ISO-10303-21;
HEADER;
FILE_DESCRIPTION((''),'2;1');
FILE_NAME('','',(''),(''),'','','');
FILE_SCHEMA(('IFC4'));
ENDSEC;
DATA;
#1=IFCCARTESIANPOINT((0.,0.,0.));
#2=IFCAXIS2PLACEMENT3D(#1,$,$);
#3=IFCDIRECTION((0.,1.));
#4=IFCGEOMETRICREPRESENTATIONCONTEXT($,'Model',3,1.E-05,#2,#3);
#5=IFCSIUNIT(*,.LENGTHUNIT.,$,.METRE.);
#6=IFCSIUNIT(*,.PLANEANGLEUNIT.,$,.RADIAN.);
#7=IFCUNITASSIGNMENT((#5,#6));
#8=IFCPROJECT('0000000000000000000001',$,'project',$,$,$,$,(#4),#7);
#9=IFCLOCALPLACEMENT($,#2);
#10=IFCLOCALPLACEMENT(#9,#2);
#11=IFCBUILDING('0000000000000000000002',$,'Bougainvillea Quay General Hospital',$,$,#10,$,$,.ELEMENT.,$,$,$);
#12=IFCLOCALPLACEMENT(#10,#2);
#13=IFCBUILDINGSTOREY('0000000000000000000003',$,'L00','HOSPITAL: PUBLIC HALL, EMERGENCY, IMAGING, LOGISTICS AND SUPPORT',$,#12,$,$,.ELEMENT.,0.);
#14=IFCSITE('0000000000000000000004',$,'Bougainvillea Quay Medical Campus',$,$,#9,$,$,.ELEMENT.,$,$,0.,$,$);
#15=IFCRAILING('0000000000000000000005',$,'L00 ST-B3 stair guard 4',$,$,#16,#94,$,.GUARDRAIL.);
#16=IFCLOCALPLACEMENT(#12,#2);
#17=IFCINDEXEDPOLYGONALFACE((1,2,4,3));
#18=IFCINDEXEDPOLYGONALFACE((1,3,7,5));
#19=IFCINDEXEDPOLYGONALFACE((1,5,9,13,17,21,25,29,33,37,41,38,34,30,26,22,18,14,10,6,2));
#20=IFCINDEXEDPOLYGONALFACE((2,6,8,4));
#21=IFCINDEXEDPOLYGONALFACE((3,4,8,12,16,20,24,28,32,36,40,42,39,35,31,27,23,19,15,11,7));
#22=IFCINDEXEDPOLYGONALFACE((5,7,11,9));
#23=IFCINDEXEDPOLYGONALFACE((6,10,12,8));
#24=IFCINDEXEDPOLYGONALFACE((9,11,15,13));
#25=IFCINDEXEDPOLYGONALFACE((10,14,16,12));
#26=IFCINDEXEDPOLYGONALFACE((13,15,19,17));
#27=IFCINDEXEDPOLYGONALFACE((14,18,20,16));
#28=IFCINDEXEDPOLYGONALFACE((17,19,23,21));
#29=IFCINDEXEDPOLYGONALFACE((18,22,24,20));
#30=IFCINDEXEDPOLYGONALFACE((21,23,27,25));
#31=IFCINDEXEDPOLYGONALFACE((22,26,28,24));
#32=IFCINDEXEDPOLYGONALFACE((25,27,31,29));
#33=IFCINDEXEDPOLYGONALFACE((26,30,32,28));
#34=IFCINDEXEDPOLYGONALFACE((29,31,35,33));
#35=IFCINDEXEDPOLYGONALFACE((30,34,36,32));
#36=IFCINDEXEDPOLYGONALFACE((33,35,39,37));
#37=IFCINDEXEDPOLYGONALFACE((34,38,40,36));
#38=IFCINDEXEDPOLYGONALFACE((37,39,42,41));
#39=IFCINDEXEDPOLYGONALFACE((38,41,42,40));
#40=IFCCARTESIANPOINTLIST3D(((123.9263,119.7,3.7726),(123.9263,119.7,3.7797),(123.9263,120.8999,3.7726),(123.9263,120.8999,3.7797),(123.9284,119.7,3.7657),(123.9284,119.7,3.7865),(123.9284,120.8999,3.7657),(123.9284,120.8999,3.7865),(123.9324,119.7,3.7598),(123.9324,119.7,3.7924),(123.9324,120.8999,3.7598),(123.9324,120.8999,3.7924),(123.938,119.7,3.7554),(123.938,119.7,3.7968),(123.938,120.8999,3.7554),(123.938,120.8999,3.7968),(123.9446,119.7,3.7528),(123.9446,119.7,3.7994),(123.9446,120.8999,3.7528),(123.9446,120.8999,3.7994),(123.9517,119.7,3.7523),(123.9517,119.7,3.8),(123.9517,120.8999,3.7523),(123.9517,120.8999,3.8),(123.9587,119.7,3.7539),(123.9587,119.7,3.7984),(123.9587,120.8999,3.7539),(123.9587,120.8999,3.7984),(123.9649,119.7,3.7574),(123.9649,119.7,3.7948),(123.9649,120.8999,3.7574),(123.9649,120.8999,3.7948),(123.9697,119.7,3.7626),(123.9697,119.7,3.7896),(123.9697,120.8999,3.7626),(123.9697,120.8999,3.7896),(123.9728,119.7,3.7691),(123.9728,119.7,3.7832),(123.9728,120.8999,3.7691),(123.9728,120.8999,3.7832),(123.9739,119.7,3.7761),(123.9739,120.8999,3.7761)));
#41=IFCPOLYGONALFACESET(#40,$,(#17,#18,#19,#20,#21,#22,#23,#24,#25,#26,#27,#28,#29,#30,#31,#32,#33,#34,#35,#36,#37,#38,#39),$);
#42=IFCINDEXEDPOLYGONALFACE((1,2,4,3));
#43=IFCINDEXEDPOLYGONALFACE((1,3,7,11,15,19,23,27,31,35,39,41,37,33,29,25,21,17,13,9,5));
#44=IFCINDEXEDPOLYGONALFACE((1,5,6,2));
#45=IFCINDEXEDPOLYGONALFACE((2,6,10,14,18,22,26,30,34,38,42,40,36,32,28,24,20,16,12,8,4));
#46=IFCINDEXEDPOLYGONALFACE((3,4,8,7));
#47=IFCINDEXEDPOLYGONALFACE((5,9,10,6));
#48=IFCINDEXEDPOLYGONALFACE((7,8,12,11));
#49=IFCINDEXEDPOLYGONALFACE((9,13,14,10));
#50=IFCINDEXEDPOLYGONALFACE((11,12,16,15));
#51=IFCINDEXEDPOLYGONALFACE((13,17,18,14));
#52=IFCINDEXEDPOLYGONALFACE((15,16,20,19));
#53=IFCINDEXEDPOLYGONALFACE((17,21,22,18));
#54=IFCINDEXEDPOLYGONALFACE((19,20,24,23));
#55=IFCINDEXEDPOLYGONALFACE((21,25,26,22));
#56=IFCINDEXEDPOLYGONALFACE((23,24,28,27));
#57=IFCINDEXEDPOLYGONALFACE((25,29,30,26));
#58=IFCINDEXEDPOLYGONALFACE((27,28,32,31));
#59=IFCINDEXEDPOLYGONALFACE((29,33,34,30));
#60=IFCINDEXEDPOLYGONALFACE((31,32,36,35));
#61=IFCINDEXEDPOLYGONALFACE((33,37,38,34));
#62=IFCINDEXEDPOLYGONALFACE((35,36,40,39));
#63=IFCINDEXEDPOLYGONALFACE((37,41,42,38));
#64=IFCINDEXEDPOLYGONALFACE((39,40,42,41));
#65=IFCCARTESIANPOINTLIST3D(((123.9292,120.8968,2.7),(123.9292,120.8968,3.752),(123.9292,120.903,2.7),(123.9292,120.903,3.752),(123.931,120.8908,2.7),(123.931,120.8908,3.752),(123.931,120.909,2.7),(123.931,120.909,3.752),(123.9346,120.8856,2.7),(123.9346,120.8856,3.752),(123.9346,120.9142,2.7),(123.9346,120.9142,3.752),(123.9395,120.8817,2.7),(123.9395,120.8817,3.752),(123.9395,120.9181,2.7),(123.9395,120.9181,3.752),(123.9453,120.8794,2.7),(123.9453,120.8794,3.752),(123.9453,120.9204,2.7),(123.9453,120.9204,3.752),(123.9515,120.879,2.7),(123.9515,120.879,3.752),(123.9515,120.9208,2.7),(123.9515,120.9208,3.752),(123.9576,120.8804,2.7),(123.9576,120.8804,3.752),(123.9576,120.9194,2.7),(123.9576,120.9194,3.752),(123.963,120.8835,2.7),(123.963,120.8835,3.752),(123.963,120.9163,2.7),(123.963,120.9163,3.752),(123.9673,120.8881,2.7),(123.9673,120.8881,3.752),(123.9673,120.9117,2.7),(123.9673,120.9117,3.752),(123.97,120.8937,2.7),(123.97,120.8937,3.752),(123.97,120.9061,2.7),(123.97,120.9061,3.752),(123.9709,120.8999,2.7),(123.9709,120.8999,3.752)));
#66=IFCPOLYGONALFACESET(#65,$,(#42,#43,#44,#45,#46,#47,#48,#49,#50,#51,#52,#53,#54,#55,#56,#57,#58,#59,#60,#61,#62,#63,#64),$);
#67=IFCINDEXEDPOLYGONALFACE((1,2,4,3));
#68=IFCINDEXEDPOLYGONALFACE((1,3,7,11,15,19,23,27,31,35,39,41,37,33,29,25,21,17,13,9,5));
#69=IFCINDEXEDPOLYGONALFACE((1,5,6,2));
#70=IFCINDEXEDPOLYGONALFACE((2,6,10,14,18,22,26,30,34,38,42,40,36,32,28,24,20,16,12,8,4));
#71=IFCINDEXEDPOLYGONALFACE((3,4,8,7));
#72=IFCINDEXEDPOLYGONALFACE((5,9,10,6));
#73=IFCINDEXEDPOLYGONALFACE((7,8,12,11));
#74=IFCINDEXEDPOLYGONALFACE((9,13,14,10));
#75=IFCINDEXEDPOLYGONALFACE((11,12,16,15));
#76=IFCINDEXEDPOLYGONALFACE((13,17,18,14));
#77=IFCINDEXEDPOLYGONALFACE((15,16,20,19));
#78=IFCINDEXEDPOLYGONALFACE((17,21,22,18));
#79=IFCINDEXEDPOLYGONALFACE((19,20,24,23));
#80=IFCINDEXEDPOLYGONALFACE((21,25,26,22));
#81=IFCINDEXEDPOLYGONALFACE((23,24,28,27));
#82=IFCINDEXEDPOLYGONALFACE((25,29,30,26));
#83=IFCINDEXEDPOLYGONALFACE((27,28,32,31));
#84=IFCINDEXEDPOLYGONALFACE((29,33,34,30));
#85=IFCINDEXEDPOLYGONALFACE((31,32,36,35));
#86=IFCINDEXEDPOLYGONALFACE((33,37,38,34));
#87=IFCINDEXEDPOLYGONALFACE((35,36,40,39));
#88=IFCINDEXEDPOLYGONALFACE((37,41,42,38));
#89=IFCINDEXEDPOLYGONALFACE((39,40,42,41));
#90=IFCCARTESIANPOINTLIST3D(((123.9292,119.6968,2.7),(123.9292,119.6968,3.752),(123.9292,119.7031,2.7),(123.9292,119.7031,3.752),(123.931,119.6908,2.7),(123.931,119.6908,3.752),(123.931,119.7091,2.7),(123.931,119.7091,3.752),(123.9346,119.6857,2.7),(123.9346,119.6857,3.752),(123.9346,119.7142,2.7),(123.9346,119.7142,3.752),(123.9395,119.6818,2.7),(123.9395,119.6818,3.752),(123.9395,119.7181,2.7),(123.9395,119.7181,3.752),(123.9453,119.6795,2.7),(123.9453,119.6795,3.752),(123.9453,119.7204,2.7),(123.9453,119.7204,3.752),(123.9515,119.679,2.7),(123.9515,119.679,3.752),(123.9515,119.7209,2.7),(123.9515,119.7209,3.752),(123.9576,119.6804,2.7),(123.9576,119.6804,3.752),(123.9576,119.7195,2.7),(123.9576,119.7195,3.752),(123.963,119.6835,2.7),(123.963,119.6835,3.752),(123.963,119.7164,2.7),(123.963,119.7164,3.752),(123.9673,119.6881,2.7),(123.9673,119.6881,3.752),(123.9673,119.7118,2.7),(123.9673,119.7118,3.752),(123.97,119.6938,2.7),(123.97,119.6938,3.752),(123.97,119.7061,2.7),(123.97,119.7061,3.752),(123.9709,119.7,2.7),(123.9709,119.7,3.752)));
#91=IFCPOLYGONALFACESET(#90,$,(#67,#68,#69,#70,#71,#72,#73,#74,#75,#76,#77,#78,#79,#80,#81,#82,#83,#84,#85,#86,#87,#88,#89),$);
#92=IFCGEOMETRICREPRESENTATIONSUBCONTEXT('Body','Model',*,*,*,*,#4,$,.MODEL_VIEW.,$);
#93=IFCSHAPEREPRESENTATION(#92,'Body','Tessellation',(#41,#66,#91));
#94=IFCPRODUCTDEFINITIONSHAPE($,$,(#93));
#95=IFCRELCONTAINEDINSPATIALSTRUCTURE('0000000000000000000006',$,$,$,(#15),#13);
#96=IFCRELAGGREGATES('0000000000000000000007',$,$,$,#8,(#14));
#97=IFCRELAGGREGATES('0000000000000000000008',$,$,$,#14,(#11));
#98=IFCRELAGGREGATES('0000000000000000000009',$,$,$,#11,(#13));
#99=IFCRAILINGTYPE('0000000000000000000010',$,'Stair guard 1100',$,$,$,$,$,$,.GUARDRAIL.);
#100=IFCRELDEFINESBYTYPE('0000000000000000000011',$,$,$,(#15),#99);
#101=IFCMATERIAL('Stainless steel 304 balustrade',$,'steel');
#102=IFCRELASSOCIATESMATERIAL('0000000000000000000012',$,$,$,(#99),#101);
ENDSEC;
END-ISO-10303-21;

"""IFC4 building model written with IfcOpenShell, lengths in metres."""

from ifc_helpers import new_model, si_unit, direction, frame, origin, origin_2d, place, context, subcontext, project, spatial, circle, extrude, material, type_object, element, save


model = new_model("IFC4")

# Units and contexts
model_context = context("Model", 3, precision=1e-05, world=origin(), true_north=direction((0.0, 1.0)))
body_context = subcontext(model_context, "Body", "Model", "MODEL_VIEW")
ifc_project = project(units=[si_unit("LENGTHUNIT", "METRE"), si_unit("PLANEANGLEUNIT", "RADIAN")], contexts=[model_context])

# Site, building, storey
site_placement = place(None, origin())
site = spatial("IfcSite", under=ifc_project, at=site_placement, Name="Bougainvillea Quay Medical Campus", CompositionType="ELEMENT", RefElevation=0.0)
building_placement = place(site_placement, origin())
building = spatial("IfcBuilding", under=site, at=building_placement, Name="Bougainvillea Quay General Hospital", CompositionType="ELEMENT")
storey_placement = place(building_placement, origin())
storey = spatial("IfcBuildingStorey", under=building, at=storey_placement, Name="L00", Description="HOSPITAL: PUBLIC HALL, EMERGENCY, IMAGING, LOGISTICS AND SUPPORT", CompositionType="ELEMENT", Elevation=0.0)

# Railing
ifc_material_1 = material(Name="Stainless steel 304 balustrade", Category="steel")
railing_type_1 = type_object("IfcRailingType", Name="Stair guard 1100", PredefinedType="GUARDRAIL", material=ifc_material_1)
railing_1_placement = place(storey_placement, frame((123.95, 120.8999, 2.7)))
element("IfcRailing", 1, at=railing_1_placement, inside=storey, type_object=railing_type_1, Name="L00 ST-B3 stair guard 4", PredefinedType="GUARDRAIL", context=body_context, shape_type="SweptSolid", body=[
    extrude(circle(Radius=0.0239, at=origin_2d()), frame((0.0, 0.0, 1.0762), z_axis=(0.0, -1.0, 0.0), x_axis=(1.0, 0.0, 0.0)), (0.0, 0.0, 1.0), 1.2),
    extrude(circle(Radius=0.021, at=origin_2d()), origin(), (0.0, 0.0, 1.0), 1.052),
    extrude(circle(Radius=0.021, at=origin_2d()), frame((0.0, -1.2, 0.0)), (0.0, 0.0, 1.0), 1.052),
])

save(model, "model.ifc")
